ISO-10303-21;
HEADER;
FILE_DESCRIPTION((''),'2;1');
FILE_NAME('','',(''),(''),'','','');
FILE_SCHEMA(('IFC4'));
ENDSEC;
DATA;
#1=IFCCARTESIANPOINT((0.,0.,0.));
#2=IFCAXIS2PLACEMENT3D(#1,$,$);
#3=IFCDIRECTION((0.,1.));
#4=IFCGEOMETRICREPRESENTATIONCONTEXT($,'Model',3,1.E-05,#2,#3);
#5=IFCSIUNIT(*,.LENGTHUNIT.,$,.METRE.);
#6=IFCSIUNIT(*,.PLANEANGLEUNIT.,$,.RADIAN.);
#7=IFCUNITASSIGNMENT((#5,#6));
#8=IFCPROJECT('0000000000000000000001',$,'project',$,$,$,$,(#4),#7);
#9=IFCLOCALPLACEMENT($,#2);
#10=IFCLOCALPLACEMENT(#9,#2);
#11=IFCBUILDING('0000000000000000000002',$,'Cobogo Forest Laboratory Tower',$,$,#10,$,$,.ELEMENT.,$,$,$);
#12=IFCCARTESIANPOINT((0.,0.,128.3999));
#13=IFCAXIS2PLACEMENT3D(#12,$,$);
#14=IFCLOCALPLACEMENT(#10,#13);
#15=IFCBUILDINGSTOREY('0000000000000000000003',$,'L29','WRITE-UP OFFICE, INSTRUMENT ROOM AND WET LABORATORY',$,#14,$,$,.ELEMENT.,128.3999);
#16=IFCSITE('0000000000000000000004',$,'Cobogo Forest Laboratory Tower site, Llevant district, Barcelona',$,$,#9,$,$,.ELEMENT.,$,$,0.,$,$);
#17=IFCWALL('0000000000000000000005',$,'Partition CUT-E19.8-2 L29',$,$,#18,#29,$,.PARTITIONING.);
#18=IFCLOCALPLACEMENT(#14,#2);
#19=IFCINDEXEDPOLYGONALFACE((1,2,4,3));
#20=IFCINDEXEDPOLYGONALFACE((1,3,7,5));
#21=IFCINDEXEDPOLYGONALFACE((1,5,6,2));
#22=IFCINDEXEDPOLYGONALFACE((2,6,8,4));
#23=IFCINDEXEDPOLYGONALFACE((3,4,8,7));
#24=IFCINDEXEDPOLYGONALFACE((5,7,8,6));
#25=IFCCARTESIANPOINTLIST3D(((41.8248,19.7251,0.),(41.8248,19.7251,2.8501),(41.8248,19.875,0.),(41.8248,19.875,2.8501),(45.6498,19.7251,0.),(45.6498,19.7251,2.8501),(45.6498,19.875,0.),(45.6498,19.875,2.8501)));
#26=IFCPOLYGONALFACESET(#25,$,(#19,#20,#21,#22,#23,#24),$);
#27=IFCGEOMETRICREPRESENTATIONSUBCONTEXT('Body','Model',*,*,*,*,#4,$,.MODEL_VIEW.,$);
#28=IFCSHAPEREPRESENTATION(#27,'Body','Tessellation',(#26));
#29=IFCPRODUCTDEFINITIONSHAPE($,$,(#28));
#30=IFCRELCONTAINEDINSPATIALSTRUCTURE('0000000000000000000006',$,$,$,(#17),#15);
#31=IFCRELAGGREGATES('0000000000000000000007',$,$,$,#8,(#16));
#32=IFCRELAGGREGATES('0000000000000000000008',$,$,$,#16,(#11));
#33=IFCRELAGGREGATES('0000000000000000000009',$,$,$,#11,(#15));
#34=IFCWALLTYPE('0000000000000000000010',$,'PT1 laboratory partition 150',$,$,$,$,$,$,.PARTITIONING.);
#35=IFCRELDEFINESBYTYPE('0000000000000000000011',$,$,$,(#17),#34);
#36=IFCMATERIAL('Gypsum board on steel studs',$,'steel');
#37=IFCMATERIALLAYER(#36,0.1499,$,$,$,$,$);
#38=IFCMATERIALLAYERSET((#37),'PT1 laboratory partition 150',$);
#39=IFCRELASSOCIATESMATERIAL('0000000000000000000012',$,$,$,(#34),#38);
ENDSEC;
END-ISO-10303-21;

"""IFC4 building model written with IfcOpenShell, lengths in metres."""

from ifc_helpers import new_model, si_unit, direction, frame, frame_2d, origin, place, context, subcontext, project, spatial, rectangle, extrude, material, layer, layer_set, type_object, element, save


model = new_model("IFC4")

# Units and contexts
model_context = context("Model", 3, precision=1e-05, world=origin(), true_north=direction((0.0, 1.0)))
body_context = subcontext(model_context, "Body", "Model", "MODEL_VIEW")
ifc_project = project(units=[si_unit("LENGTHUNIT", "METRE"), si_unit("PLANEANGLEUNIT", "RADIAN")], contexts=[model_context])

# Site, building, storey
site_placement = place(None, origin())
site = spatial("IfcSite", under=ifc_project, at=site_placement, Name="Cobogo Forest Laboratory Tower site, Llevant district, Barcelona", CompositionType="ELEMENT", RefElevation=0.0)
building_placement = place(site_placement, origin())
building = spatial("IfcBuilding", under=site, at=building_placement, Name="Cobogo Forest Laboratory Tower", CompositionType="ELEMENT")
storey_placement = place(building_placement, frame((0.0, 0.0, 128.3999)))
storey = spatial("IfcBuildingStorey", under=building, at=storey_placement, Name="L29", Description="WRITE-UP OFFICE, INSTRUMENT ROOM AND WET LABORATORY", CompositionType="ELEMENT", Elevation=128.3999)

# Wall
ifc_material_1 = material(Name="Gypsum board on steel studs", Category="steel")
ifc_layer_1 = layer(ifc_material_1, 0.1499)
ifc_layer_set_1 = layer_set([ifc_layer_1], Name="PT1 laboratory partition 150")
wall_type = type_object("IfcWallType", Name="PT1 laboratory partition 150", PredefinedType="PARTITIONING", material=ifc_layer_set_1)
wall_1_placement = place(storey_placement, frame((45.6499, 19.8, 0.0), z_axis=(0.0, 0.0, 1.0), x_axis=(-1.0, 0.0, 0.0)))
element("IfcWall", 1, at=wall_1_placement, inside=storey, type_object=wall_type, Name="Partition CUT-E19.8-2 L29", PredefinedType="PARTITIONING", context=body_context, shape_type="SweptSolid", body=[
    extrude(rectangle(XDim=3.825, YDim=0.1499, at=frame_2d((1.9126, 0.0))), origin(), (0.0, 0.0, 1.0), 2.8501),
])

save(model, "model.ifc")
